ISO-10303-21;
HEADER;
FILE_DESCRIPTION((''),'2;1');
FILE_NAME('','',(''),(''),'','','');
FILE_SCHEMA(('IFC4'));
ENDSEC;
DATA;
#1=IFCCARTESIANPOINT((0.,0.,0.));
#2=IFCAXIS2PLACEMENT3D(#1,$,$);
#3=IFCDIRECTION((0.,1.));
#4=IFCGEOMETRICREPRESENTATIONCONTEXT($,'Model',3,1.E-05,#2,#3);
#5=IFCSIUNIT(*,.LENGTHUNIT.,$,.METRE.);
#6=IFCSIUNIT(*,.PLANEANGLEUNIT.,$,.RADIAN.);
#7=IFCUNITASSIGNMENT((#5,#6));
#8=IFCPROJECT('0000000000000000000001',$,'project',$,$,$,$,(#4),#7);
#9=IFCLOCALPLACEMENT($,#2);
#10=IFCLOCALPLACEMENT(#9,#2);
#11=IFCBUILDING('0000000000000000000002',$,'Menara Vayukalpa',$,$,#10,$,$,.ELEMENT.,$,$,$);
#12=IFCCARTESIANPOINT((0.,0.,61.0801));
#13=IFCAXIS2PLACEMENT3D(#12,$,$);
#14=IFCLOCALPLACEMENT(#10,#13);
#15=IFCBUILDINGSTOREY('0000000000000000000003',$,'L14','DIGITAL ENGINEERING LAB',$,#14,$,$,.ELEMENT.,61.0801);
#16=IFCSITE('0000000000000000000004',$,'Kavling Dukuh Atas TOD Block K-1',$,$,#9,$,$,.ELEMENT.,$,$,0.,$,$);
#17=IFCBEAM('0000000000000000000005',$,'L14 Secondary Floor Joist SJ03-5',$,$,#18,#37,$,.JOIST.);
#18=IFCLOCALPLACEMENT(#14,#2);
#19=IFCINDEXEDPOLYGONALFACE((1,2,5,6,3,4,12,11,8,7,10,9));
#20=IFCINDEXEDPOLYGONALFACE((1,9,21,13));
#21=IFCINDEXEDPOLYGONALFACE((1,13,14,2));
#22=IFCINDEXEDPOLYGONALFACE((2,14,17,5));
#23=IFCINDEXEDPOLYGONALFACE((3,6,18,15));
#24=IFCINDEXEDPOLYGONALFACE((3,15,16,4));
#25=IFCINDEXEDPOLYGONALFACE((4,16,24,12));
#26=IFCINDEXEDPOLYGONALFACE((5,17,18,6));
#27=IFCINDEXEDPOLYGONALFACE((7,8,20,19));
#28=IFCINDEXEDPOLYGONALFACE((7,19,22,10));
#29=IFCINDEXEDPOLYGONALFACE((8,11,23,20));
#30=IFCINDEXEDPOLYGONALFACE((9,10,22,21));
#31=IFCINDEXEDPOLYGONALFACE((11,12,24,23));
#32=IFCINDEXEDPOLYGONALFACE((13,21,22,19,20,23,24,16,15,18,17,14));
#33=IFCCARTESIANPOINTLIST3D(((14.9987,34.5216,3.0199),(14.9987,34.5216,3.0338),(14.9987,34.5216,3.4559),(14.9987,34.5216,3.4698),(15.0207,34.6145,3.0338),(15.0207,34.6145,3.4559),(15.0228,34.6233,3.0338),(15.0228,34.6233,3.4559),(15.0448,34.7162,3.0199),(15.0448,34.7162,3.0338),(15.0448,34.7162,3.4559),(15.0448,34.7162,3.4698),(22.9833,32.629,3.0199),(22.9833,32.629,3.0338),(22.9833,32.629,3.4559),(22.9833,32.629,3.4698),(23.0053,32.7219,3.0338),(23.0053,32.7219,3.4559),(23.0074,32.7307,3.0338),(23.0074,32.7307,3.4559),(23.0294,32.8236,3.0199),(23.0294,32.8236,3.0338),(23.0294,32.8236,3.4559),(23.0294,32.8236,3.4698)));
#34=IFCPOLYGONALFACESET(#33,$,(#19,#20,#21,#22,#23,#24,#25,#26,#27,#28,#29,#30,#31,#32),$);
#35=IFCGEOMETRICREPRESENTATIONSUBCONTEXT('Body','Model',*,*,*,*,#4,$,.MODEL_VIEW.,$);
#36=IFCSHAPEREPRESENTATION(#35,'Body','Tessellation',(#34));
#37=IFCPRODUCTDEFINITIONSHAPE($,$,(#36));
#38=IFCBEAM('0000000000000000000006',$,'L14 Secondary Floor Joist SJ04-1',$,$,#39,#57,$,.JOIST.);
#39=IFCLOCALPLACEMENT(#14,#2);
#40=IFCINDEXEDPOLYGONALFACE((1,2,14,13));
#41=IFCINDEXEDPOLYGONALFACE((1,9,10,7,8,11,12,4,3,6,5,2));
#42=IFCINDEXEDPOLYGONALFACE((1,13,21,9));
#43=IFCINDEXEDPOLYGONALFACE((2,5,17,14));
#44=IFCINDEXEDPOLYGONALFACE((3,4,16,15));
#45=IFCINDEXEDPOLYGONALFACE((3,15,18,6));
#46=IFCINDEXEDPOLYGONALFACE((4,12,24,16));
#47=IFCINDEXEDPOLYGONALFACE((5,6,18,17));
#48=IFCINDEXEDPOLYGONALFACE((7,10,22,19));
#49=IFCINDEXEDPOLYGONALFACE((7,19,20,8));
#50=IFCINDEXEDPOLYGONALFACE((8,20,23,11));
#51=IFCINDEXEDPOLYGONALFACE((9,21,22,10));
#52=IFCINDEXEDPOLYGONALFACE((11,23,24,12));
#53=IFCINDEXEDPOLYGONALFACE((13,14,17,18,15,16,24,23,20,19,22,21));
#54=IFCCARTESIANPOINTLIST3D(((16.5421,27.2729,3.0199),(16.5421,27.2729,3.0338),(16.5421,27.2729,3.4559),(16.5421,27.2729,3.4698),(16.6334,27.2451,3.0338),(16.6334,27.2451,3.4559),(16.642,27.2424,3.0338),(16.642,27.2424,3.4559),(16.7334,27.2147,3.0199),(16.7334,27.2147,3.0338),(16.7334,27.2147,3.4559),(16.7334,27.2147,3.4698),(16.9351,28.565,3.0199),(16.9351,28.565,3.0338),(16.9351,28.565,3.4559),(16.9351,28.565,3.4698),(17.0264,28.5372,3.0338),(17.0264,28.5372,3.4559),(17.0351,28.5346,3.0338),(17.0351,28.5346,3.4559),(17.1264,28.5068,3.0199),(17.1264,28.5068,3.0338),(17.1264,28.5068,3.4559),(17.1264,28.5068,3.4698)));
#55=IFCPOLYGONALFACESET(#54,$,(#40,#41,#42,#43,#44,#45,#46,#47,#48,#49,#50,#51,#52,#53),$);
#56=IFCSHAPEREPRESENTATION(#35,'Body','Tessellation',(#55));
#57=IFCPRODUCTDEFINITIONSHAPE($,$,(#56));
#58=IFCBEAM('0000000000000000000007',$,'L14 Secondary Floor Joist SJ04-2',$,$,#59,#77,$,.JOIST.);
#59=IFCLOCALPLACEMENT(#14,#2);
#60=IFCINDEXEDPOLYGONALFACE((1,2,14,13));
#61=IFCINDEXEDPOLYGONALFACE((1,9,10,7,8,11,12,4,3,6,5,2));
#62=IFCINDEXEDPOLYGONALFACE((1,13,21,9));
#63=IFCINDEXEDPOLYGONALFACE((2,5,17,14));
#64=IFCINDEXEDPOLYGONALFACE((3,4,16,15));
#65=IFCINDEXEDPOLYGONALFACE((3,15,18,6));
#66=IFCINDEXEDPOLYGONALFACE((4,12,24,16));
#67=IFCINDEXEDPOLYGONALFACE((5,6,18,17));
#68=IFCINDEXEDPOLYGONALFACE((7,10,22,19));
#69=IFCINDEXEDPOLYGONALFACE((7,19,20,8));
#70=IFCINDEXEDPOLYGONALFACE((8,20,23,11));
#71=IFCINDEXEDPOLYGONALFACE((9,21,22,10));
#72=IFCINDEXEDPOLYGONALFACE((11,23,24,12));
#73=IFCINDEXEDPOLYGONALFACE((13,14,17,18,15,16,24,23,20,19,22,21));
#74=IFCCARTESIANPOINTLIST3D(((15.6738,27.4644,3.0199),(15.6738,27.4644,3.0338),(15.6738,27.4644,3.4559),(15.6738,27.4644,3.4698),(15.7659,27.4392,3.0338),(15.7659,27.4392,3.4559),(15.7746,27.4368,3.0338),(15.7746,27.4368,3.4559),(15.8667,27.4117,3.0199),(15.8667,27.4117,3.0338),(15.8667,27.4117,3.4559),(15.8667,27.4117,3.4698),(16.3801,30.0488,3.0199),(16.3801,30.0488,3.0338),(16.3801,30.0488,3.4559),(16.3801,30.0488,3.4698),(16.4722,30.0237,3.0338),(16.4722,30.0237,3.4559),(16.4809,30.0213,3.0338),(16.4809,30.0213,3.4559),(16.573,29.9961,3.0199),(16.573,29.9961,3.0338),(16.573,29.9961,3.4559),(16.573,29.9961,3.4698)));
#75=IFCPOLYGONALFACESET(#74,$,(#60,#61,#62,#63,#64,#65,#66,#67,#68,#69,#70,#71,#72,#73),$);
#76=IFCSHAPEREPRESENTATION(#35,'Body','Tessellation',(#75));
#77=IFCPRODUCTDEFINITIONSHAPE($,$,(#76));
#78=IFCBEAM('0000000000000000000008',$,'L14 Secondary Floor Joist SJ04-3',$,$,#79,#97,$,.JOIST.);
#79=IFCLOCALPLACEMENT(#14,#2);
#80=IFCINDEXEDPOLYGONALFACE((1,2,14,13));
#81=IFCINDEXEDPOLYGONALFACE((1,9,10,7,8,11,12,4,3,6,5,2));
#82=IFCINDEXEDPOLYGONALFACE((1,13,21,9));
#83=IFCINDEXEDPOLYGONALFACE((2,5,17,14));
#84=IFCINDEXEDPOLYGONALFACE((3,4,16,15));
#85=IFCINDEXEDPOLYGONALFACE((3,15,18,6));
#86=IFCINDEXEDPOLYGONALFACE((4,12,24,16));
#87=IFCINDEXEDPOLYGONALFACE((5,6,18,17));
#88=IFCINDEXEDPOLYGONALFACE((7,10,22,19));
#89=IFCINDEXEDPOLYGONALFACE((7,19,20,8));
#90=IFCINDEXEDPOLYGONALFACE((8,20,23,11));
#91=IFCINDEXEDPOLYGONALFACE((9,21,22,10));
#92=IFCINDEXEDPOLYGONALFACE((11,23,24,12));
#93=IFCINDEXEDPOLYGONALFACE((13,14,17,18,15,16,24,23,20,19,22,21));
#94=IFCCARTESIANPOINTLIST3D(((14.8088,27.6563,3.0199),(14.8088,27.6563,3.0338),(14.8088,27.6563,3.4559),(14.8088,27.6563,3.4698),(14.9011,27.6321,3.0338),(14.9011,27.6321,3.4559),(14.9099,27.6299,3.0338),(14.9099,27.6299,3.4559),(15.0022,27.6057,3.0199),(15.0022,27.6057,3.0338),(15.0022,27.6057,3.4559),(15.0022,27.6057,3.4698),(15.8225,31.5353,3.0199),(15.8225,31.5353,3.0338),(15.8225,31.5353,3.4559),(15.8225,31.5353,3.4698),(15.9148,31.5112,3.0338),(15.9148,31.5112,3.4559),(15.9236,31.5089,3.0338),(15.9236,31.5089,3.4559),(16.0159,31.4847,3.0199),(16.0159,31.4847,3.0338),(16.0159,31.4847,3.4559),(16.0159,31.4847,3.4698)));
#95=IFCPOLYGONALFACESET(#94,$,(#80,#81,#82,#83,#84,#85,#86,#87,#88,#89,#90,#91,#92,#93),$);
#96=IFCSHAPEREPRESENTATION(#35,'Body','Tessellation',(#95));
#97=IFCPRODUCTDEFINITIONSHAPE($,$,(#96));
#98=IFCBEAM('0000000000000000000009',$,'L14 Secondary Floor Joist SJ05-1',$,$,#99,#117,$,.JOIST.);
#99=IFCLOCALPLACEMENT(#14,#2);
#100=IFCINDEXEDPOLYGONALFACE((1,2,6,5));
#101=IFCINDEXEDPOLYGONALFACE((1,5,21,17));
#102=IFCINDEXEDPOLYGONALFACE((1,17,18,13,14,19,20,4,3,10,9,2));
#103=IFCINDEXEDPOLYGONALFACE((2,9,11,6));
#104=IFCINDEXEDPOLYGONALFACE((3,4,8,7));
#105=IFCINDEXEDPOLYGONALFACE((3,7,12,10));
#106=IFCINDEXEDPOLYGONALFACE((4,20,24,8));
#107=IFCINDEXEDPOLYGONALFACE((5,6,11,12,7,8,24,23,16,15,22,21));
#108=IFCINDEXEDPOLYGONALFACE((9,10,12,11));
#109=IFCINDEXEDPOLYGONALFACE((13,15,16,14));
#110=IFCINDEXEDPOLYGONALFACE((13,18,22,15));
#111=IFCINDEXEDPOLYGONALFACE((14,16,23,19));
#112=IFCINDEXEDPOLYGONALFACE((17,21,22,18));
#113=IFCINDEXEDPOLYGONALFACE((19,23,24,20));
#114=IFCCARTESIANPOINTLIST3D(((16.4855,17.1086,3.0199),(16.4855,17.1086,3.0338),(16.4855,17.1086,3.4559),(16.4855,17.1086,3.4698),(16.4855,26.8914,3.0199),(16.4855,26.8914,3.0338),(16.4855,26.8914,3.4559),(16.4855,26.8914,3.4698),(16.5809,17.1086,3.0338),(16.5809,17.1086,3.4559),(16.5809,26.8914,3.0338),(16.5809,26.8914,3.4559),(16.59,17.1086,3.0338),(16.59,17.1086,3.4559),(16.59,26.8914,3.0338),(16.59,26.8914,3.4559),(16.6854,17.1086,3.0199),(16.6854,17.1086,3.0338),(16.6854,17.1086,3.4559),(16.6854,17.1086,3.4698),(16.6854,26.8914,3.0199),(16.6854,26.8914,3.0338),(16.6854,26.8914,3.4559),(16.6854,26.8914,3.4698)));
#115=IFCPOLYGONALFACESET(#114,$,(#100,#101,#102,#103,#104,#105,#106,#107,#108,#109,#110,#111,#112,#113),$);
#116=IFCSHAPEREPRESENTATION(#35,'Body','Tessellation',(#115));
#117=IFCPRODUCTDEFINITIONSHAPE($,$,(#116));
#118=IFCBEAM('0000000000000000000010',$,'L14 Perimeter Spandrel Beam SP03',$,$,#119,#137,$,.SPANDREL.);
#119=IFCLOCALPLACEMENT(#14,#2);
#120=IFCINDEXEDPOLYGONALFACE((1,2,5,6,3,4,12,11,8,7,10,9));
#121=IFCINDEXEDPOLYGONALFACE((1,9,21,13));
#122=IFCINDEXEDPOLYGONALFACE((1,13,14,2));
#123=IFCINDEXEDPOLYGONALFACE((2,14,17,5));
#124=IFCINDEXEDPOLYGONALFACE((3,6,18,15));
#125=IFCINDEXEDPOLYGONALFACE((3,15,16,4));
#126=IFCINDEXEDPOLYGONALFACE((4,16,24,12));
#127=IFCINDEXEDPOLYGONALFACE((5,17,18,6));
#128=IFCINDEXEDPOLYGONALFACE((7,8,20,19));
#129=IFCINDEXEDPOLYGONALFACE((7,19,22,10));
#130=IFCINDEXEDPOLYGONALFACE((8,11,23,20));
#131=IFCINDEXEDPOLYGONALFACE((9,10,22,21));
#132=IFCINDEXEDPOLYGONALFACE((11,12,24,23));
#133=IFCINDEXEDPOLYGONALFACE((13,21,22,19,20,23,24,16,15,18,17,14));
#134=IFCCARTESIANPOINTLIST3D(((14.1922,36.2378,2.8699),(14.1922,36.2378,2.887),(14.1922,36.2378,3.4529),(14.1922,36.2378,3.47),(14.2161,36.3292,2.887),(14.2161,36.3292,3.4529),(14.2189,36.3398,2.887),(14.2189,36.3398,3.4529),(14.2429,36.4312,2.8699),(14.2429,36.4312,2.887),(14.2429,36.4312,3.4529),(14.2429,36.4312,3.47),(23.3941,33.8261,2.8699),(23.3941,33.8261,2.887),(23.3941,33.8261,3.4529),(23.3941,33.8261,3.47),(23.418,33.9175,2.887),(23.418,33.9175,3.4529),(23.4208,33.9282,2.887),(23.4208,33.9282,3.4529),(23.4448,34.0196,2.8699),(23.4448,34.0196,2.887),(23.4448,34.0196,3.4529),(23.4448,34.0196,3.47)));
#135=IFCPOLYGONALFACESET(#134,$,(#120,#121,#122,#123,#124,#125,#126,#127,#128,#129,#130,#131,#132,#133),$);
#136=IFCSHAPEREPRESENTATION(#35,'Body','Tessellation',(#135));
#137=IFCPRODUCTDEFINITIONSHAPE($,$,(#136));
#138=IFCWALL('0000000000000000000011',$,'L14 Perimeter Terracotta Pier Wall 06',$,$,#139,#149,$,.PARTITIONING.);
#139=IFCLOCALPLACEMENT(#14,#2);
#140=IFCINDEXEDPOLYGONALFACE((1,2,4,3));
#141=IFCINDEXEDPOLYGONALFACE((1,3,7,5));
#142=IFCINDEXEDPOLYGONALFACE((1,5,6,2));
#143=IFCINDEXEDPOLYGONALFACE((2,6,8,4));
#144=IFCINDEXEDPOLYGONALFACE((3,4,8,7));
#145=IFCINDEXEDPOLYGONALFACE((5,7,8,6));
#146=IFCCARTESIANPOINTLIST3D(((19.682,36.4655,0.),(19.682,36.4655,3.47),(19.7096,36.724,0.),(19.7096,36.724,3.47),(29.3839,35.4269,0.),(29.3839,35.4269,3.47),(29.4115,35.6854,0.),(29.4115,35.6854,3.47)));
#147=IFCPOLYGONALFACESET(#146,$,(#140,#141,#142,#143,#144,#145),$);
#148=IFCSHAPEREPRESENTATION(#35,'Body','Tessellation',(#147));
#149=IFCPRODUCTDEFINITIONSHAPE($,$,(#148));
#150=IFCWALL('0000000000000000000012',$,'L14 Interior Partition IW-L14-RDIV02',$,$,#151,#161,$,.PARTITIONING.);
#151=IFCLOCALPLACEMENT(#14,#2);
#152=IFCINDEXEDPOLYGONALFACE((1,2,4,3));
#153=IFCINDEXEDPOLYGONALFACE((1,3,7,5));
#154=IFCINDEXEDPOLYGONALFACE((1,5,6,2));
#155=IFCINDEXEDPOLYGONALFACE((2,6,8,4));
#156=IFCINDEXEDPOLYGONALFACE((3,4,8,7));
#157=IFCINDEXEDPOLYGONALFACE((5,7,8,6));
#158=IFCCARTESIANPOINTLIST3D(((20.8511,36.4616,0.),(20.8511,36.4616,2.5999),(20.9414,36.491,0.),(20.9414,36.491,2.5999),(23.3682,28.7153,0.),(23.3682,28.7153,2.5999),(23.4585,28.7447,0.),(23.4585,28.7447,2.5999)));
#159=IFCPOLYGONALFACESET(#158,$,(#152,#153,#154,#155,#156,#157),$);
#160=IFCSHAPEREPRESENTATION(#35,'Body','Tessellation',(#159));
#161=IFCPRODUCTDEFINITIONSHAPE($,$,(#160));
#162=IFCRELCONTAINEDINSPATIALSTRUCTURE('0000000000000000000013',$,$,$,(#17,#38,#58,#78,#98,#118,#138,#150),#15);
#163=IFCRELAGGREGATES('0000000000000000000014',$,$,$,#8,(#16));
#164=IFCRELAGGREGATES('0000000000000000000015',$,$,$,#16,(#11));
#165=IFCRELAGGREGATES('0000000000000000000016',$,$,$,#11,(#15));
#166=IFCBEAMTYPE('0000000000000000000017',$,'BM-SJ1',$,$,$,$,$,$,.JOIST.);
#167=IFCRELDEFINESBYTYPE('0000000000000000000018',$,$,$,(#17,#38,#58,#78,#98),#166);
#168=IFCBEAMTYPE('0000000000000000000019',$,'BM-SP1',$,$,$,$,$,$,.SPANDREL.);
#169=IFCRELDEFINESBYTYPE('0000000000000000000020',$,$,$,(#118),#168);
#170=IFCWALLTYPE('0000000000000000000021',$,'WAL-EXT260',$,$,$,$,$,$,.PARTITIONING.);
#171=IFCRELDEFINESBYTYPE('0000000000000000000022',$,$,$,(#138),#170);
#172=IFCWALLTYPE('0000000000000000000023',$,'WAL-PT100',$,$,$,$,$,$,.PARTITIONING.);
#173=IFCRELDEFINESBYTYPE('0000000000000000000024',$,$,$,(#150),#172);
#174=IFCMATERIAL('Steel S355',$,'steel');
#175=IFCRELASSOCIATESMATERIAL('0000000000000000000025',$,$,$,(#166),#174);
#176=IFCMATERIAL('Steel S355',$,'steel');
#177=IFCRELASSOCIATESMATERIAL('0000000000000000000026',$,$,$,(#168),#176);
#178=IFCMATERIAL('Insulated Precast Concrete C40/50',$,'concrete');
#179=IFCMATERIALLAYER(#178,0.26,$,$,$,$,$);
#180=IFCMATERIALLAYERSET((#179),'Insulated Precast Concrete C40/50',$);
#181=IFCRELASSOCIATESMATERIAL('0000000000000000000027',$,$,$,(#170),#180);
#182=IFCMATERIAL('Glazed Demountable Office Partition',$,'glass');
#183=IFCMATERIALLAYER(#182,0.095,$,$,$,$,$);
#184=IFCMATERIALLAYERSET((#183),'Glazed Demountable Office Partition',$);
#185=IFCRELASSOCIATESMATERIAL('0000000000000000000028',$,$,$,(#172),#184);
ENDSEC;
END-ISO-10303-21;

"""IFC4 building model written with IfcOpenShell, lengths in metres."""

from ifc_helpers import new_model, si_unit, direction, frame, frame_2d, origin, origin_2d, place, context, subcontext, project, spatial, rectangle, i_section, extrude, material, layer, layer_set, material_profile, profile_set, type_object, element, save


model = new_model("IFC4")

# Units and contexts
model_context = context("Model", 3, precision=1e-05, world=origin(), true_north=direction((0.0, 1.0)))
body_context = subcontext(model_context, "Body", "Model", "MODEL_VIEW")
ifc_project = project(units=[si_unit("LENGTHUNIT", "METRE"), si_unit("PLANEANGLEUNIT", "RADIAN")], contexts=[model_context])

# Site, building, storey
site_placement = place(None, origin())
site = spatial("IfcSite", under=ifc_project, at=site_placement, Name="Kavling Dukuh Atas TOD Block K-1", CompositionType="ELEMENT", RefElevation=0.0)
building_placement = place(site_placement, origin())
building = spatial("IfcBuilding", under=site, at=building_placement, Name="Menara Vayukalpa", CompositionType="ELEMENT")
storey_placement = place(building_placement, frame((0.0, 0.0, 61.0801)))
storey = spatial("IfcBuildingStorey", under=building, at=storey_placement, Name="L14", Description="DIGITAL ENGINEERING LAB", CompositionType="ELEMENT", Elevation=61.0801)

# Beams
ifc_material_1 = material(Name="Steel S355", Category="steel")
ifc_material_profile_1 = material_profile(ifc_material_1, i_section(OverallWidth=0.2, OverallDepth=0.45, WebThickness=0.009, FlangeThickness=0.0139, at=origin_2d()), Name="WF 450x200x9x14")
ifc_profile_set_1 = profile_set([ifc_material_profile_1], Name="Steel S355")
beam_type_1 = type_object("IfcBeamType", Name="BM-SJ1", PredefinedType="JOIST", material=ifc_profile_set_1)
beam_1_placement = place(storey_placement, frame((23.0063, 32.7263, 3.2449), z_axis=(-0.97304, 0.230638, 0.0), x_axis=(-0.230638, -0.97304, 0.0)))
element("IfcBeam", 1, at=beam_1_placement, inside=storey, type_object=beam_type_1, Name="L14 Secondary Floor Joist SJ03-5", PredefinedType="JOIST", context=body_context, shape_type="SweptSolid", body=[
    extrude(i_section(OverallWidth=0.2, OverallDepth=0.45, WebThickness=0.009, FlangeThickness=0.0139, at=origin_2d()), origin(), (0.0, 0.0, 1.0), 8.2058),
])
beam_2_placement = place(storey_placement, frame((17.0308, 28.5359, 3.2449), z_axis=(-0.291011, -0.95672, 0.0), x_axis=(0.95672, -0.291011, 0.0)))
element("IfcBeam", 2, at=beam_2_placement, inside=storey, type_object=beam_type_1, Name="L14 Secondary Floor Joist SJ04-1", PredefinedType="JOIST", context=body_context, shape_type="SweptSolid", body=[
    extrude(i_section(OverallWidth=0.2, OverallDepth=0.45, WebThickness=0.009, FlangeThickness=0.0139, at=origin_2d()), origin(), (0.0, 0.0, 1.0), 1.3506),
])
beam_3_placement = place(storey_placement, frame((16.4766, 30.0225, 3.2449), z_axis=(-0.263619, -0.964627, 0.0), x_axis=(0.964627, -0.263619, 0.0)))
element("IfcBeam", 3, at=beam_3_placement, inside=storey, type_object=beam_type_1, Name="L14 Secondary Floor Joist SJ04-2", PredefinedType="JOIST", context=body_context, shape_type="SweptSolid", body=[
    extrude(i_section(OverallWidth=0.2, OverallDepth=0.45, WebThickness=0.009, FlangeThickness=0.0139, at=origin_2d()), origin(), (0.0, 0.0, 1.0), 2.6792),
])
beam_4_placement = place(storey_placement, frame((15.9192, 31.51, 3.2449), z_axis=(-0.252838, -0.967509, 0.0), x_axis=(0.967509, -0.252838, 0.0)))
element("IfcBeam", 4, at=beam_4_placement, inside=storey, type_object=beam_type_1, Name="L14 Secondary Floor Joist SJ04-3", PredefinedType="JOIST", context=body_context, shape_type="SweptSolid", body=[
    extrude(i_section(OverallWidth=0.2, OverallDepth=0.45, WebThickness=0.009, FlangeThickness=0.0139, at=origin_2d()), origin(), (0.0, 0.0, 1.0), 4.0093),
])
beam_5_placement = place(storey_placement, frame((16.5854, 26.8914, 3.2449), z_axis=(0.0, -1.0, 0.0), x_axis=(1.0, 0.0, 0.0)))
element("IfcBeam", 5, at=beam_5_placement, inside=storey, type_object=beam_type_1, Name="L14 Secondary Floor Joist SJ05-1", PredefinedType="JOIST", context=body_context, shape_type="SweptSolid", body=[
    extrude(i_section(OverallWidth=0.2, OverallDepth=0.45, WebThickness=0.009, FlangeThickness=0.0139, at=origin_2d()), origin(), (0.0, 0.0, 1.0), 9.7827),
])
ifc_material_2 = material(Name="Steel S355", Category="steel")
ifc_material_profile_2 = material_profile(ifc_material_2, i_section(OverallWidth=0.2, OverallDepth=0.6001, WebThickness=0.011, FlangeThickness=0.0171, at=origin_2d()), Name="WF 600x200x11x17")
ifc_profile_set_2 = profile_set([ifc_material_profile_2], Name="Steel S355")
beam_type_2 = type_object("IfcBeamType", Name="BM-SP1", PredefinedType="SPANDREL", material=ifc_profile_set_2)
beam_6_placement = place(storey_placement, frame((23.4194, 33.9229, 3.1699), z_axis=(-0.967331, 0.253517, 0.0), x_axis=(-0.253517, -0.967331, 0.0)))
element("IfcBeam", 6, at=beam_6_placement, inside=storey, type_object=beam_type_2, Name="L14 Perimeter Spandrel Beam SP03", PredefinedType="SPANDREL", context=body_context, shape_type="SweptSolid", body=[
    extrude(i_section(OverallWidth=0.2, OverallDepth=0.6001, WebThickness=0.011, FlangeThickness=0.0171, at=origin_2d()), origin(), (0.0, 0.0, 1.0), 9.5127),
])

# Walls
ifc_material_3 = material(Name="Insulated Precast Concrete C40/50", Category="concrete")
ifc_layer_1 = layer(ifc_material_3, 0.26)
ifc_layer_set_1 = layer_set([ifc_layer_1], Name="Insulated Precast Concrete C40/50")
wall_type_1 = type_object("IfcWallType", Name="WAL-EXT260", PredefinedType="PARTITIONING", material=ifc_layer_set_1)
wall_1_placement = place(storey_placement, frame((19.6958, 36.5947, 0.0), z_axis=(0.0, 0.0, 1.0), x_axis=(0.994319, -0.10644, 0.0)))
element("IfcWall", 7, at=wall_1_placement, inside=storey, type_object=wall_type_1, Name="L14 Perimeter Terracotta Pier Wall 06", PredefinedType="PARTITIONING", context=body_context, shape_type="SweptSolid", body=[
    extrude(rectangle(XDim=9.7573, YDim=0.26, at=frame_2d((4.8787, 0.0))), origin(), (0.0, 0.0, 1.0), 3.47),
])
ifc_material_4 = material(Name="Glazed Demountable Office Partition", Category="glass")
ifc_layer_2 = layer(ifc_material_4, 0.095)
ifc_layer_set_2 = layer_set([ifc_layer_2], Name="Glazed Demountable Office Partition")
wall_type_2 = type_object("IfcWallType", Name="WAL-PT100", PredefinedType="PARTITIONING", material=ifc_layer_set_2)
wall_2_placement = place(storey_placement, frame((23.4133, 28.73, 0.0), z_axis=(0.0, 0.0, 1.0), x_axis=(-0.309034, 0.951051, 0.0)))
element("IfcWall", 8, at=wall_2_placement, inside=storey, type_object=wall_type_2, Name="L14 Interior Partition IW-L14-RDIV02", PredefinedType="PARTITIONING", context=body_context, shape_type="SweptSolid", body=[
    extrude(rectangle(XDim=8.145, YDim=0.095, at=frame_2d((4.0725, 0.0))), origin(), (0.0, 0.0, 1.0), 2.5999),
])

save(model, "model.ifc")
